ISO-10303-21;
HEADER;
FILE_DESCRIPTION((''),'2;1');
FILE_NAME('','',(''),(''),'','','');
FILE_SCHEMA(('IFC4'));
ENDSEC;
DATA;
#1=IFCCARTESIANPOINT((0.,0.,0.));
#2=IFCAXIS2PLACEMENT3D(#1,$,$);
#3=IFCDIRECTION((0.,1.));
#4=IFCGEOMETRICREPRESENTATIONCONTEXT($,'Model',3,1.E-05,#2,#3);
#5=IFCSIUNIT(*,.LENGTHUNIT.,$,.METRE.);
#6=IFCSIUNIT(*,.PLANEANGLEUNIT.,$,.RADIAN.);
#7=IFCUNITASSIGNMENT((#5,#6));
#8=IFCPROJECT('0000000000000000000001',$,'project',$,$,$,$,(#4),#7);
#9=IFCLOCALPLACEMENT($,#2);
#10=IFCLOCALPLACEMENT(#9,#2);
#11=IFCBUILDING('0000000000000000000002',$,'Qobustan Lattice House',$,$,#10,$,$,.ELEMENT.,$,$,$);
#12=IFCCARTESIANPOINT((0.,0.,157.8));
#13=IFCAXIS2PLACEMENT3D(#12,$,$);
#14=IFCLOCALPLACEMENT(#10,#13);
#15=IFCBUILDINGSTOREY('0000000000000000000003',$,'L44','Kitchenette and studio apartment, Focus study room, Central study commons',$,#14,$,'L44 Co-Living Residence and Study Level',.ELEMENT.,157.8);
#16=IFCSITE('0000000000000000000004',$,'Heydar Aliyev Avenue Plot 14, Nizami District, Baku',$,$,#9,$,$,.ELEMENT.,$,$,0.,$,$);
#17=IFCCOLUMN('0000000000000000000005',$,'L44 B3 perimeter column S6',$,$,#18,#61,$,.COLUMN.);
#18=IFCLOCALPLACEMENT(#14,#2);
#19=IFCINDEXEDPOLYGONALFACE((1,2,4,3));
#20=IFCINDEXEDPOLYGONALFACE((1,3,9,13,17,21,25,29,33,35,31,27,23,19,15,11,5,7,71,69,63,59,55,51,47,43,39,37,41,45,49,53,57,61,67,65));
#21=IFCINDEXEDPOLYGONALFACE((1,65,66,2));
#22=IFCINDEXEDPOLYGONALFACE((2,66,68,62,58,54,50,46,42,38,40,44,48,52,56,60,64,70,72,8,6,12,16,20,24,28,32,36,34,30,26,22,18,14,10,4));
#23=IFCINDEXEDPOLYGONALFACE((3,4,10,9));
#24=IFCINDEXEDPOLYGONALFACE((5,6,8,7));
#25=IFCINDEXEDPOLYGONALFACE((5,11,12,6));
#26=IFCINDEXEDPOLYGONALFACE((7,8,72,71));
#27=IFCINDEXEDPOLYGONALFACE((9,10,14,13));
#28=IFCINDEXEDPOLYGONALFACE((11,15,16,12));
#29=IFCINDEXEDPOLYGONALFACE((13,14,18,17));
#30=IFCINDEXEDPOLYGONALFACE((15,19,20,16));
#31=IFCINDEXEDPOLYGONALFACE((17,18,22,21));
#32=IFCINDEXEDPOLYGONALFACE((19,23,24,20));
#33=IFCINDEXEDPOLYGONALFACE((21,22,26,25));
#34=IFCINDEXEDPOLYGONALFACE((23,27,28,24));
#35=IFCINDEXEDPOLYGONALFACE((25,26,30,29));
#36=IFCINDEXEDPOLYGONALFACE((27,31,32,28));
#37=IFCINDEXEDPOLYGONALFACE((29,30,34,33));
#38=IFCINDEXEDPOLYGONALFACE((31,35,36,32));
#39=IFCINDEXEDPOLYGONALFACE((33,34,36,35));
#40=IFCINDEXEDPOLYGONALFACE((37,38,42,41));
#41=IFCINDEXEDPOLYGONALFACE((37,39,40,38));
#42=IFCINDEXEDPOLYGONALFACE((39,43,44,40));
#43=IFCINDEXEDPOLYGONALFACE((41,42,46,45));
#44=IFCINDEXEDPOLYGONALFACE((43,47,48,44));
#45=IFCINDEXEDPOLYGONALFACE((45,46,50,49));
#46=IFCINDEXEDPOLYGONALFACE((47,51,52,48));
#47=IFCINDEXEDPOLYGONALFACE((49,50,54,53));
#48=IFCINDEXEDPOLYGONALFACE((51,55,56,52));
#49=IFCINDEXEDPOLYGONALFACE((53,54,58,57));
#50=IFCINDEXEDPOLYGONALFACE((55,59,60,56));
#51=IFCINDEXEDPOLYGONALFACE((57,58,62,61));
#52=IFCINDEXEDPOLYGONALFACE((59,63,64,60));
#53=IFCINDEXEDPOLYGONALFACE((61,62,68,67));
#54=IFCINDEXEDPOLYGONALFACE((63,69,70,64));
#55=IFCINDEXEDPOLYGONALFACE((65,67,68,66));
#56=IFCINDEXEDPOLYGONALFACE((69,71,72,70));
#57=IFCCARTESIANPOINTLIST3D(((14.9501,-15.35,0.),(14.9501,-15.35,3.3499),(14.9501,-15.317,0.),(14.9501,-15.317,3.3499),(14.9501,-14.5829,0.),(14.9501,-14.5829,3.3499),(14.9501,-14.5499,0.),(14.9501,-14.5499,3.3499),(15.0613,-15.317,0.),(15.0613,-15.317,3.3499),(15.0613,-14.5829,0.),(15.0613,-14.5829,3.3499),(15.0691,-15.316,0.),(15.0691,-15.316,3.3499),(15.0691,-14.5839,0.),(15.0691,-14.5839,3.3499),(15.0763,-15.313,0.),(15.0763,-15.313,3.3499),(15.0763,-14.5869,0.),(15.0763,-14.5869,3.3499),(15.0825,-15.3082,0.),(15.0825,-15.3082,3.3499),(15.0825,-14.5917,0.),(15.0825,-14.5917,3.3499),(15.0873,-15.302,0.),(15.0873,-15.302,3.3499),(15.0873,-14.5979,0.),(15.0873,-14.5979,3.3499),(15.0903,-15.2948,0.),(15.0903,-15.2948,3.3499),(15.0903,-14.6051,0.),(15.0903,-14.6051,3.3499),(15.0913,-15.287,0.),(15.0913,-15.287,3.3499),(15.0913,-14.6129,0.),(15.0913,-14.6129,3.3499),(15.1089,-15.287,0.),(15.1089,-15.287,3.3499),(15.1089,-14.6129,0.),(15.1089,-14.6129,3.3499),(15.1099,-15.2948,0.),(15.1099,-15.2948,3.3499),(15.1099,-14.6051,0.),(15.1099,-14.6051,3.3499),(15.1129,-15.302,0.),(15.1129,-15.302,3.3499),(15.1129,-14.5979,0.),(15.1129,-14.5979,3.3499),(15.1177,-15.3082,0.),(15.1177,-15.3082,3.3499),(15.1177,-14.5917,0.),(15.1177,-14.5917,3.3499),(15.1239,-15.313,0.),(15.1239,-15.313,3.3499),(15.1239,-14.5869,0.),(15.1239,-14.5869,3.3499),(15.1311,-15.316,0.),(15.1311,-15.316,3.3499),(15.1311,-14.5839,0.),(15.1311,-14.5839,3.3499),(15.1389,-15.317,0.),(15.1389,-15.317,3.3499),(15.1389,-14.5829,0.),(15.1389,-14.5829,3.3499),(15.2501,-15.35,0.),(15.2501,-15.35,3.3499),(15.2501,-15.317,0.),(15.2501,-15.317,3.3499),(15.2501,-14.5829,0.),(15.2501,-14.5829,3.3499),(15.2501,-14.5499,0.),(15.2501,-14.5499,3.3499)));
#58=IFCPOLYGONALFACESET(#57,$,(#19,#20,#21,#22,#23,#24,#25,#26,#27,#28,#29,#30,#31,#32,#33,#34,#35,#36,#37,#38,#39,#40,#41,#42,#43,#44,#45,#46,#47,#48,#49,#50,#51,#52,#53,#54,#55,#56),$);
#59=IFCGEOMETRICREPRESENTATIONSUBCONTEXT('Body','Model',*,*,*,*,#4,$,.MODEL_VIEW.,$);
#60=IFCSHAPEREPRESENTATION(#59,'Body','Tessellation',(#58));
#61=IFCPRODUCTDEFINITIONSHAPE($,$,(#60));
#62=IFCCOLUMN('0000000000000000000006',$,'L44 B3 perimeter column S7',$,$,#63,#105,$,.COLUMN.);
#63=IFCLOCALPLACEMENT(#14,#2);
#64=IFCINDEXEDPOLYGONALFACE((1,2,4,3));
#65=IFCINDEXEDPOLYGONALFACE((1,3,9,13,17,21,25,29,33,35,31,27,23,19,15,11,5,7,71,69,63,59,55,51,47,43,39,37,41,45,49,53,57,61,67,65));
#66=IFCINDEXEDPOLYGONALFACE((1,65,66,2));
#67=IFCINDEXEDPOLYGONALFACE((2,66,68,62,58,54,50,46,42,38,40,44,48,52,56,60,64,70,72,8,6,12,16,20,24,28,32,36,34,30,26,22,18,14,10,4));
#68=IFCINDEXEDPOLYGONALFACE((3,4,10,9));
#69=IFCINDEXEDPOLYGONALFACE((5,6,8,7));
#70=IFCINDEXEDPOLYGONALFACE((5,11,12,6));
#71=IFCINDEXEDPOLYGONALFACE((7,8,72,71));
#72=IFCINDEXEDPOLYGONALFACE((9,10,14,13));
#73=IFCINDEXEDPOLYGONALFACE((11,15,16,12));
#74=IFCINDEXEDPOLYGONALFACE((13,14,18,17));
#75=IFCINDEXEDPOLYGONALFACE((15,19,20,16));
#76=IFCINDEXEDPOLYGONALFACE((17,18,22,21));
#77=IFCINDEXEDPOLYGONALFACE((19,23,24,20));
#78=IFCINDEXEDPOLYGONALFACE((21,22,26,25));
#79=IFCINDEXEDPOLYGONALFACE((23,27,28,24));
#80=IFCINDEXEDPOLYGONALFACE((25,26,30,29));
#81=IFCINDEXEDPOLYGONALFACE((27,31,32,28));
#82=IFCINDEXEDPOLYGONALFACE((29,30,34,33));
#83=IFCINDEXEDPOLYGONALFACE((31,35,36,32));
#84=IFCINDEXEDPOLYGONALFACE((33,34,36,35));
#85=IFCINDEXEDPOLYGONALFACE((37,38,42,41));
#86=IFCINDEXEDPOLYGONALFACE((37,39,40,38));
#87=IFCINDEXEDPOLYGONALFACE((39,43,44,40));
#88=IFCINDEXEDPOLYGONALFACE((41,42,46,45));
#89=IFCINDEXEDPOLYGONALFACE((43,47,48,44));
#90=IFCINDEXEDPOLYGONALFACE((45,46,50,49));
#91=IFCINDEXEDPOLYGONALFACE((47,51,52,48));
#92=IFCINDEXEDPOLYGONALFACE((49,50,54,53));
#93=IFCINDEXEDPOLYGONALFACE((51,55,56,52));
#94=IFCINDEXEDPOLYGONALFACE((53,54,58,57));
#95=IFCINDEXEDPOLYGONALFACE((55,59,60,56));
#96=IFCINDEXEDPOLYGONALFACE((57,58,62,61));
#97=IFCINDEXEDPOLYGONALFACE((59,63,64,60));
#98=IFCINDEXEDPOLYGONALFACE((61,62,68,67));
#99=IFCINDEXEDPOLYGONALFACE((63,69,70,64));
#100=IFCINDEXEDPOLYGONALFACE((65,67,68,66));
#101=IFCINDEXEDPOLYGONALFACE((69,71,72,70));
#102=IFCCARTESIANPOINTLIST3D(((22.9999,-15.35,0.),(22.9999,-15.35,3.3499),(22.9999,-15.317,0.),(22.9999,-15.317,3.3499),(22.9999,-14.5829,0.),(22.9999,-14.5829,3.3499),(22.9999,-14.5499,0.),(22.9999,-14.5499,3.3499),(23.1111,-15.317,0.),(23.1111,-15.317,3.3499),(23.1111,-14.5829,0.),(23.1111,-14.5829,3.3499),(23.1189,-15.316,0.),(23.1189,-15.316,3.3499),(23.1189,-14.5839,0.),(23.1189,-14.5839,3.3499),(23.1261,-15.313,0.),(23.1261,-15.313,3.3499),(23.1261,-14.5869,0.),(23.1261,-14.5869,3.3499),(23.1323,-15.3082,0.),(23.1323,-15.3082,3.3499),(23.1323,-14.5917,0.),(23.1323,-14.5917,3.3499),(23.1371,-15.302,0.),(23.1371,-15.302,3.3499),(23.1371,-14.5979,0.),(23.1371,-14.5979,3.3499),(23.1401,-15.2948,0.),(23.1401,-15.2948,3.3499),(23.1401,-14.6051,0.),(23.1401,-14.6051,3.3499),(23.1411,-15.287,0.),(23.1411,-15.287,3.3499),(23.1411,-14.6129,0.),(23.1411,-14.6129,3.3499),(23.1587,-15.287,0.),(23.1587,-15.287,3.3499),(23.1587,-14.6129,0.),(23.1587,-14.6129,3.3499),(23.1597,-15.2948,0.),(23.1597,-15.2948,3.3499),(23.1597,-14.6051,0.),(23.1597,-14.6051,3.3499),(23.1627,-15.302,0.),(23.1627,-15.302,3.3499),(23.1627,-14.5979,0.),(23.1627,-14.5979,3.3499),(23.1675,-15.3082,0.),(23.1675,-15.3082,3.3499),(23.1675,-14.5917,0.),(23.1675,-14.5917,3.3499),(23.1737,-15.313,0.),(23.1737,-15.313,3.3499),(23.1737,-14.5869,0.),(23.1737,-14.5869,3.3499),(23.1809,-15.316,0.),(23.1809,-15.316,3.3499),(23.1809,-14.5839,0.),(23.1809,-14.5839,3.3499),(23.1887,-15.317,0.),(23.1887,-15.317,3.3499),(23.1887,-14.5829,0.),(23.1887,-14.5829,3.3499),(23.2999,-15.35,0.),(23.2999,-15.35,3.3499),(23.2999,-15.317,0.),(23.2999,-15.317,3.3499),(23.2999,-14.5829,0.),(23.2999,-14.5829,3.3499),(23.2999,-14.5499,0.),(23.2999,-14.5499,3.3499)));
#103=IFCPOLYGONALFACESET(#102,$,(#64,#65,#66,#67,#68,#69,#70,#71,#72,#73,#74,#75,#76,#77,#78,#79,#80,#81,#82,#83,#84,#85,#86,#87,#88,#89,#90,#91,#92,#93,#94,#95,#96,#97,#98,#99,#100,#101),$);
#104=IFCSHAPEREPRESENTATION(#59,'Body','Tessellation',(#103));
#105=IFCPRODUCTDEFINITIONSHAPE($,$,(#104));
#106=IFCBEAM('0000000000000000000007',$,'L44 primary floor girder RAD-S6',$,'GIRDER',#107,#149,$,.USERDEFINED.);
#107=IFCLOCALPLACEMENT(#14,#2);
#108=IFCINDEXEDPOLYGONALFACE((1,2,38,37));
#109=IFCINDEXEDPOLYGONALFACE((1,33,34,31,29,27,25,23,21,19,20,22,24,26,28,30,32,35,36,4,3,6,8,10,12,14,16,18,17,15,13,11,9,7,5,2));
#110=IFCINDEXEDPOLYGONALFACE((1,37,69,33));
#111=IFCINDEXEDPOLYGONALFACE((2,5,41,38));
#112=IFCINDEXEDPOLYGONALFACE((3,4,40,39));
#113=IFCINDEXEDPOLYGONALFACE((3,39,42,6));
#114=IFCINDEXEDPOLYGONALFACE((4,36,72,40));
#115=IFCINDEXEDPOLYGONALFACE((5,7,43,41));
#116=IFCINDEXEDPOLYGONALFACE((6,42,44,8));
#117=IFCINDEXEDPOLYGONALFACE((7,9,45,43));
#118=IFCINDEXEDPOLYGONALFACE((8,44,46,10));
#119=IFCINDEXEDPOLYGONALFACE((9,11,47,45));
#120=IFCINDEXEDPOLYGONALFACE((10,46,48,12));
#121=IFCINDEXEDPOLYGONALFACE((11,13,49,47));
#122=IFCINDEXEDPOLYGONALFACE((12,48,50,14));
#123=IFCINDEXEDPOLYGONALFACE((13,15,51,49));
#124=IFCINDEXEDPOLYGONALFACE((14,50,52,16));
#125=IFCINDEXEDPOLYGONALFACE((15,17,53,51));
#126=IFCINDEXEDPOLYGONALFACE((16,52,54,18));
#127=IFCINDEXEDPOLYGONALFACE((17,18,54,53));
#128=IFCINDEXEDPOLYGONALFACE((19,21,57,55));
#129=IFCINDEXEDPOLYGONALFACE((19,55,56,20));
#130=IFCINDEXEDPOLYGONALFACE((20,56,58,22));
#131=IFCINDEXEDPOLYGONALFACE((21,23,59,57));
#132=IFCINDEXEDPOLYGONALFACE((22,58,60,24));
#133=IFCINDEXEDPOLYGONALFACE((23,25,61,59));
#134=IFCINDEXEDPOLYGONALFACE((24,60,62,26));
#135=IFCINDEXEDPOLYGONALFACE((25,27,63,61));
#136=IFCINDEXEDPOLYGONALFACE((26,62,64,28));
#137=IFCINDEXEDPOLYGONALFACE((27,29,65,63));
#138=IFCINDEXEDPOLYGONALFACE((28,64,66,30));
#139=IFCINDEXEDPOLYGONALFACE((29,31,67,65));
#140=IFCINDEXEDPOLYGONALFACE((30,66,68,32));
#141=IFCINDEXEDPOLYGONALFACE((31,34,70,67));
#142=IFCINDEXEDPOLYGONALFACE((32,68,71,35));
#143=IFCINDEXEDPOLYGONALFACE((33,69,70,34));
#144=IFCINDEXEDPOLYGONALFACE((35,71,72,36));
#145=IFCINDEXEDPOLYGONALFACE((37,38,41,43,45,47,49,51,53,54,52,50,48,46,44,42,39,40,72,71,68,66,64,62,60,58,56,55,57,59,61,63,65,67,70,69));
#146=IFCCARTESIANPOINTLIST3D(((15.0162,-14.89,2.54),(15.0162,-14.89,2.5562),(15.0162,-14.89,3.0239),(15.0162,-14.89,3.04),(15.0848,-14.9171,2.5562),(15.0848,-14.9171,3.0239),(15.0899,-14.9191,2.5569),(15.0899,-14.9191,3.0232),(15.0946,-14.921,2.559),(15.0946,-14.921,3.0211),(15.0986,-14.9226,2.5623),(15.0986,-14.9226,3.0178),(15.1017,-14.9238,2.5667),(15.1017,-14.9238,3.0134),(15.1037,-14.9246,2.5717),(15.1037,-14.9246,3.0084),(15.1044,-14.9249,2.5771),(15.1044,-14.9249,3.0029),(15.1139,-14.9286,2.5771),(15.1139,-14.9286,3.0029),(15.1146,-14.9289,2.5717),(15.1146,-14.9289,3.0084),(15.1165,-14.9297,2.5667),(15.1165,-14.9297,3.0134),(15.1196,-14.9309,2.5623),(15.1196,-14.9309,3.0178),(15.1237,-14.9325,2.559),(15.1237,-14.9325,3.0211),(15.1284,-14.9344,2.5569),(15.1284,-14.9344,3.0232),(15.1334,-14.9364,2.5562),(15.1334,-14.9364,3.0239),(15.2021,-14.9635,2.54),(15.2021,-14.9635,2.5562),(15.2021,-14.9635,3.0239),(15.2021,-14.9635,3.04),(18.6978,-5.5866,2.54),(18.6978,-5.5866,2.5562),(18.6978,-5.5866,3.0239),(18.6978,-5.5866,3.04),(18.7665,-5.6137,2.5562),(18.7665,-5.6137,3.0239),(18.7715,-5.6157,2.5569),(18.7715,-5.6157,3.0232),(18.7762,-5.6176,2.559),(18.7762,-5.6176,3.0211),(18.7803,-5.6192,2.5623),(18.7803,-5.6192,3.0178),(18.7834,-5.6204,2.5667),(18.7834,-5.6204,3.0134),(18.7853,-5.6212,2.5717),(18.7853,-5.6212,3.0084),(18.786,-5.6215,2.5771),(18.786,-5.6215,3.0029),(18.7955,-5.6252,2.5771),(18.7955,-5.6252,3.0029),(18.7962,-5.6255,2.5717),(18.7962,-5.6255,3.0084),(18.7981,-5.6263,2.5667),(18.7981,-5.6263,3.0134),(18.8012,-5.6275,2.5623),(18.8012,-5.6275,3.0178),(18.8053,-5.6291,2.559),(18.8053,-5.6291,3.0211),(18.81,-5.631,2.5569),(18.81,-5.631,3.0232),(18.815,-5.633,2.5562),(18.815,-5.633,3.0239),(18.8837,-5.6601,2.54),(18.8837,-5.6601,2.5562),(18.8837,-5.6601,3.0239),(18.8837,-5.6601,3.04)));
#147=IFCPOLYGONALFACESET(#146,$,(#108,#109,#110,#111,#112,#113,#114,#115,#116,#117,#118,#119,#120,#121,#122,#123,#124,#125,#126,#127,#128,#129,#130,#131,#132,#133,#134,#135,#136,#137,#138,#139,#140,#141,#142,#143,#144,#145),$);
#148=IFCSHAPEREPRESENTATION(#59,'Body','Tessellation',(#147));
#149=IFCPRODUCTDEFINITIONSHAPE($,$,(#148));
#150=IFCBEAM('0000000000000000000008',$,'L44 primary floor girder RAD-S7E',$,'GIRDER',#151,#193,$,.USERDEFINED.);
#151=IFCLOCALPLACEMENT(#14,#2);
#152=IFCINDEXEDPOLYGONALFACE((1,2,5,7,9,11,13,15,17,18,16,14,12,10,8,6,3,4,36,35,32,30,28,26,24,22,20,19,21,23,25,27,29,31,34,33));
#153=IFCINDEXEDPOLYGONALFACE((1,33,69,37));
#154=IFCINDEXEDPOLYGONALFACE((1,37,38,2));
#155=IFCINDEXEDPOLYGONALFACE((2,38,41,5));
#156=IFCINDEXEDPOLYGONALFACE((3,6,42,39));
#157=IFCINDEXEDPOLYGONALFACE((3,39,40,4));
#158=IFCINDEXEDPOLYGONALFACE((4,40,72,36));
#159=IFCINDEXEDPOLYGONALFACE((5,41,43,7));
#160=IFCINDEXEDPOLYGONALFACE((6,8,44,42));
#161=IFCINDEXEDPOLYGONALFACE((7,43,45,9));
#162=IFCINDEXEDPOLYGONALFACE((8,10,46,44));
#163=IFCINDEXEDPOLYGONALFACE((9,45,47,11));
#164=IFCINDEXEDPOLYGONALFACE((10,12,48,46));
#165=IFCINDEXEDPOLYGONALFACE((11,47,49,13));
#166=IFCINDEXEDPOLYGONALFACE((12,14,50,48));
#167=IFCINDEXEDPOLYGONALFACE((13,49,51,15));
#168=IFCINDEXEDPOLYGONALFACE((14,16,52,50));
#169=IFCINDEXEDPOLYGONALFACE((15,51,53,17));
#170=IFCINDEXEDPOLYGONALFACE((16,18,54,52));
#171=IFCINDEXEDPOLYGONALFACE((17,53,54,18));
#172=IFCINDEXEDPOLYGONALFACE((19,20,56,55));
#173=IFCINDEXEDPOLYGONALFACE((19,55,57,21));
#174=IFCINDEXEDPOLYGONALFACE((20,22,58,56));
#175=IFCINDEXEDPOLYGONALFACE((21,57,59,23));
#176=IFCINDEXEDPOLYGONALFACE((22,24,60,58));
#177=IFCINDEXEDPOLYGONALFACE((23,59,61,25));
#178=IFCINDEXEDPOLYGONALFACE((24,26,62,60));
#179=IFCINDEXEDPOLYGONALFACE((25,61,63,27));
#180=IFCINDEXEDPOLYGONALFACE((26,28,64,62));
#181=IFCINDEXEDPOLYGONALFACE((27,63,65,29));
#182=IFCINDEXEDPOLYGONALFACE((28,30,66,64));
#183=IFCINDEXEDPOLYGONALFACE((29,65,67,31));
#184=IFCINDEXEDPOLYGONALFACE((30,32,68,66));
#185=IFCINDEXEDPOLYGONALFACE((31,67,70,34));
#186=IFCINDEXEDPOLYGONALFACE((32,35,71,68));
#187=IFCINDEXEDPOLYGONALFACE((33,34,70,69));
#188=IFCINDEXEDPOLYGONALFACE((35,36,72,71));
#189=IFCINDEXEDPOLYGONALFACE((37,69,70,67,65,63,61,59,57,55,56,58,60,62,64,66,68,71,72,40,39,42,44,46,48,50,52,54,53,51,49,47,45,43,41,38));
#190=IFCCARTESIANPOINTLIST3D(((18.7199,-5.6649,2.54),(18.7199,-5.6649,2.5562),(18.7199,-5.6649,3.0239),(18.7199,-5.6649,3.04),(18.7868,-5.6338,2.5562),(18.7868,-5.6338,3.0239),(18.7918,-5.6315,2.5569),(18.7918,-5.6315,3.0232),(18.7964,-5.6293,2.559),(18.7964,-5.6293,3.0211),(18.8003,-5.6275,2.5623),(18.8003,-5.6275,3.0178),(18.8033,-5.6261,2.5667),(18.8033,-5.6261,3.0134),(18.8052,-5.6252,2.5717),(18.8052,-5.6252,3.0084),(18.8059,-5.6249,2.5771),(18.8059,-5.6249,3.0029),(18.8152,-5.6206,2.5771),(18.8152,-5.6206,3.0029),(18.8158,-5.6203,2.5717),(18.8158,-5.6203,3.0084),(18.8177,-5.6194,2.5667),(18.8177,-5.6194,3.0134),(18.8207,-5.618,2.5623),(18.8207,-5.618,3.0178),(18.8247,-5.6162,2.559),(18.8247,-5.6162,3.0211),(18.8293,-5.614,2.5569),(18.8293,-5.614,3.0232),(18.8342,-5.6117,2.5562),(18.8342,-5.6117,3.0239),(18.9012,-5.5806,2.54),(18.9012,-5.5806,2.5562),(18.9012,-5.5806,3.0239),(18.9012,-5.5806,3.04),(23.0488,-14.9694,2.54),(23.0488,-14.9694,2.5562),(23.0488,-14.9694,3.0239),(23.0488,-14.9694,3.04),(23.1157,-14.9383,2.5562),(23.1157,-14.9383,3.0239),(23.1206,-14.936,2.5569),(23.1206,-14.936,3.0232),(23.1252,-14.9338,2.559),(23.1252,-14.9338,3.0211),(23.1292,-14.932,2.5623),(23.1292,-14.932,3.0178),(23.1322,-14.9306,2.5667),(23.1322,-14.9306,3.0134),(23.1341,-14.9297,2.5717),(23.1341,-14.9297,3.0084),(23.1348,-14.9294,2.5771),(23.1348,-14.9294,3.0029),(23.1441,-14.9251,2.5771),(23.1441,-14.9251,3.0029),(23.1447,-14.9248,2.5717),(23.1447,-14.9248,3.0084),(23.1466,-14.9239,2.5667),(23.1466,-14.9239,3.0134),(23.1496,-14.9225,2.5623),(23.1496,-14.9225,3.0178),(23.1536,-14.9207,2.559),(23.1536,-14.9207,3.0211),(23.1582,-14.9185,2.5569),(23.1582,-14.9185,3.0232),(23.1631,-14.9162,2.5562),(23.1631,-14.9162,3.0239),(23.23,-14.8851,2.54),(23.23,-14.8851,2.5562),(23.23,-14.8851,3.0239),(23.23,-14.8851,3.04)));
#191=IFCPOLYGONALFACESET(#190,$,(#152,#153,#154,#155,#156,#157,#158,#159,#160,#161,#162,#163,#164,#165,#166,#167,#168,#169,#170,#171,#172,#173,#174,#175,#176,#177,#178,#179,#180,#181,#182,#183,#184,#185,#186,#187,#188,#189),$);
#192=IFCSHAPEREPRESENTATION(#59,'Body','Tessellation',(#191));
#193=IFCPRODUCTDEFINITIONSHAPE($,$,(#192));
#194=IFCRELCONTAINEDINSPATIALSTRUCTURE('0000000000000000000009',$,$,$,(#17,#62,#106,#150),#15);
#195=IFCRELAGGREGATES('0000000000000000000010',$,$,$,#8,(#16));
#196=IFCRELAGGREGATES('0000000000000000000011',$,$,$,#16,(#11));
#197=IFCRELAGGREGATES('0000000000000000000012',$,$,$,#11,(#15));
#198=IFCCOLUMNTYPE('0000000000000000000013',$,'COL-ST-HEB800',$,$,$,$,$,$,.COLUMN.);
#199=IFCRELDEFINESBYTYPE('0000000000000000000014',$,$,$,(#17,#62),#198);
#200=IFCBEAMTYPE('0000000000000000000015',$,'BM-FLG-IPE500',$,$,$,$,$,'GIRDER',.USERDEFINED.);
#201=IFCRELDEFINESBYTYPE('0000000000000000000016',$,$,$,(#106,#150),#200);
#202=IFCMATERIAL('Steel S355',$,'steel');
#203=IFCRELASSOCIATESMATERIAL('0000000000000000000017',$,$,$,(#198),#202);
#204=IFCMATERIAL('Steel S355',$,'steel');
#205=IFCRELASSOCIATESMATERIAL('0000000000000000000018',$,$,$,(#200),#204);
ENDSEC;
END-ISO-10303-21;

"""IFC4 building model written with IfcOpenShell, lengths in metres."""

from ifc_helpers import new_model, si_unit, direction, frame, origin, origin_2d, place, context, subcontext, project, spatial, i_section, extrude, material, material_profile, profile_set, type_object, element, save


model = new_model("IFC4")

# Units and contexts
model_context = context("Model", 3, precision=1e-05, world=origin(), true_north=direction((0.0, 1.0)))
body_context = subcontext(model_context, "Body", "Model", "MODEL_VIEW")
ifc_project = project(units=[si_unit("LENGTHUNIT", "METRE"), si_unit("PLANEANGLEUNIT", "RADIAN")], contexts=[model_context])

# Site, building, storey
site_placement = place(None, origin())
site = spatial("IfcSite", under=ifc_project, at=site_placement, Name="Heydar Aliyev Avenue Plot 14, Nizami District, Baku", CompositionType="ELEMENT", RefElevation=0.0)
building_placement = place(site_placement, origin())
building = spatial("IfcBuilding", under=site, at=building_placement, Name="Qobustan Lattice House", CompositionType="ELEMENT")
storey_placement = place(building_placement, frame((0.0, 0.0, 157.8)))
storey = spatial("IfcBuildingStorey", under=building, at=storey_placement, Name="L44", Description="Kitchenette and studio apartment, Focus study room, Central study commons", LongName="L44 Co-Living Residence and Study Level", CompositionType="ELEMENT", Elevation=157.8)

# Columns
ifc_material_1 = material(Name="Steel S355", Category="steel")
ifc_material_profile_1 = material_profile(ifc_material_1, i_section(OverallWidth=0.3, OverallDepth=0.8, WebThickness=0.0176, FlangeThickness=0.033, FilletRadius=0.03, at=origin_2d()), Name="HEB800")
ifc_profile_set_1 = profile_set([ifc_material_profile_1], Name="Steel S355")
column_type = type_object("IfcColumnType", Name="COL-ST-HEB800", PredefinedType="COLUMN", material=ifc_profile_set_1)
for number, where, z_axis, x_axis, name in (
    (1, (15.1001, -14.95, 0.0), (0.0, 0.0, 1.0), (1.0, 0.0, 0.0), "L44 B3 perimeter column S6"),
    (2, (23.1499, -14.95, 0.0), (0.0, 0.0, 1.0), (1.0, 0.0, 0.0), "L44 B3 perimeter column S7"),
):
    element("IfcColumn", number, at=place(storey_placement, frame(where, z_axis=z_axis, x_axis=x_axis)), inside=storey, type_object=column_type, Name=name, PredefinedType="COLUMN", context=body_context, shape_type="SweptSolid", body=[
        extrude(i_section(OverallWidth=0.3, OverallDepth=0.8, WebThickness=0.0176, FlangeThickness=0.033, FilletRadius=0.03, at=origin_2d()), origin(), (0.0, 0.0, 1.0), 3.3499),
    ])

# Beams
ifc_material_2 = material(Name="Steel S355", Category="steel")
ifc_material_profile_2 = material_profile(ifc_material_2, i_section(OverallWidth=0.2, OverallDepth=0.5, WebThickness=0.0103, FlangeThickness=0.0161, FilletRadius=0.021, at=origin_2d()), Name="IPE500")
ifc_profile_set_2 = profile_set([ifc_material_profile_2], Name="Steel S355")
beam_type_1 = type_object("IfcBeamType", Name="BM-FLG-IPE500", ElementType="GIRDER", PredefinedType="USERDEFINED", material=ifc_profile_set_2)
beam_1_placement = place(storey_placement, frame((15.1091, -14.9268, 2.79), z_axis=(0.367964, 0.92984, 0.0), x_axis=(-0.92984, 0.367964, 0.0)))
element("IfcBeam", 3, at=beam_1_placement, inside=storey, type_object=beam_type_1, Name="L44 primary floor girder RAD-S6", ObjectType="GIRDER", PredefinedType="USERDEFINED", context=body_context, shape_type="SweptSolid", body=[
    extrude(i_section(OverallWidth=0.2, OverallDepth=0.5, WebThickness=0.0103, FlangeThickness=0.0161, FilletRadius=0.021, at=origin_2d()), origin(), (0.0, 0.0, 1.0), 10.0054),
])
beam_2_placement = place(storey_placement, frame((23.1394, -14.9272, 2.79), z_axis=(-0.421828, 0.906676, 0.0), x_axis=(-0.906676, -0.421828, 0.0)))
element("IfcBeam", 4, at=beam_2_placement, inside=storey, type_object=beam_type_1, Name="L44 primary floor girder RAD-S7E", ObjectType="GIRDER", PredefinedType="USERDEFINED", context=body_context, shape_type="SweptSolid", body=[
    extrude(i_section(OverallWidth=0.2, OverallDepth=0.5, WebThickness=0.0103, FlangeThickness=0.0161, FilletRadius=0.021, at=origin_2d()), origin(), (0.0, 0.0, 1.0), 10.2622),
])

save(model, "model.ifc")
